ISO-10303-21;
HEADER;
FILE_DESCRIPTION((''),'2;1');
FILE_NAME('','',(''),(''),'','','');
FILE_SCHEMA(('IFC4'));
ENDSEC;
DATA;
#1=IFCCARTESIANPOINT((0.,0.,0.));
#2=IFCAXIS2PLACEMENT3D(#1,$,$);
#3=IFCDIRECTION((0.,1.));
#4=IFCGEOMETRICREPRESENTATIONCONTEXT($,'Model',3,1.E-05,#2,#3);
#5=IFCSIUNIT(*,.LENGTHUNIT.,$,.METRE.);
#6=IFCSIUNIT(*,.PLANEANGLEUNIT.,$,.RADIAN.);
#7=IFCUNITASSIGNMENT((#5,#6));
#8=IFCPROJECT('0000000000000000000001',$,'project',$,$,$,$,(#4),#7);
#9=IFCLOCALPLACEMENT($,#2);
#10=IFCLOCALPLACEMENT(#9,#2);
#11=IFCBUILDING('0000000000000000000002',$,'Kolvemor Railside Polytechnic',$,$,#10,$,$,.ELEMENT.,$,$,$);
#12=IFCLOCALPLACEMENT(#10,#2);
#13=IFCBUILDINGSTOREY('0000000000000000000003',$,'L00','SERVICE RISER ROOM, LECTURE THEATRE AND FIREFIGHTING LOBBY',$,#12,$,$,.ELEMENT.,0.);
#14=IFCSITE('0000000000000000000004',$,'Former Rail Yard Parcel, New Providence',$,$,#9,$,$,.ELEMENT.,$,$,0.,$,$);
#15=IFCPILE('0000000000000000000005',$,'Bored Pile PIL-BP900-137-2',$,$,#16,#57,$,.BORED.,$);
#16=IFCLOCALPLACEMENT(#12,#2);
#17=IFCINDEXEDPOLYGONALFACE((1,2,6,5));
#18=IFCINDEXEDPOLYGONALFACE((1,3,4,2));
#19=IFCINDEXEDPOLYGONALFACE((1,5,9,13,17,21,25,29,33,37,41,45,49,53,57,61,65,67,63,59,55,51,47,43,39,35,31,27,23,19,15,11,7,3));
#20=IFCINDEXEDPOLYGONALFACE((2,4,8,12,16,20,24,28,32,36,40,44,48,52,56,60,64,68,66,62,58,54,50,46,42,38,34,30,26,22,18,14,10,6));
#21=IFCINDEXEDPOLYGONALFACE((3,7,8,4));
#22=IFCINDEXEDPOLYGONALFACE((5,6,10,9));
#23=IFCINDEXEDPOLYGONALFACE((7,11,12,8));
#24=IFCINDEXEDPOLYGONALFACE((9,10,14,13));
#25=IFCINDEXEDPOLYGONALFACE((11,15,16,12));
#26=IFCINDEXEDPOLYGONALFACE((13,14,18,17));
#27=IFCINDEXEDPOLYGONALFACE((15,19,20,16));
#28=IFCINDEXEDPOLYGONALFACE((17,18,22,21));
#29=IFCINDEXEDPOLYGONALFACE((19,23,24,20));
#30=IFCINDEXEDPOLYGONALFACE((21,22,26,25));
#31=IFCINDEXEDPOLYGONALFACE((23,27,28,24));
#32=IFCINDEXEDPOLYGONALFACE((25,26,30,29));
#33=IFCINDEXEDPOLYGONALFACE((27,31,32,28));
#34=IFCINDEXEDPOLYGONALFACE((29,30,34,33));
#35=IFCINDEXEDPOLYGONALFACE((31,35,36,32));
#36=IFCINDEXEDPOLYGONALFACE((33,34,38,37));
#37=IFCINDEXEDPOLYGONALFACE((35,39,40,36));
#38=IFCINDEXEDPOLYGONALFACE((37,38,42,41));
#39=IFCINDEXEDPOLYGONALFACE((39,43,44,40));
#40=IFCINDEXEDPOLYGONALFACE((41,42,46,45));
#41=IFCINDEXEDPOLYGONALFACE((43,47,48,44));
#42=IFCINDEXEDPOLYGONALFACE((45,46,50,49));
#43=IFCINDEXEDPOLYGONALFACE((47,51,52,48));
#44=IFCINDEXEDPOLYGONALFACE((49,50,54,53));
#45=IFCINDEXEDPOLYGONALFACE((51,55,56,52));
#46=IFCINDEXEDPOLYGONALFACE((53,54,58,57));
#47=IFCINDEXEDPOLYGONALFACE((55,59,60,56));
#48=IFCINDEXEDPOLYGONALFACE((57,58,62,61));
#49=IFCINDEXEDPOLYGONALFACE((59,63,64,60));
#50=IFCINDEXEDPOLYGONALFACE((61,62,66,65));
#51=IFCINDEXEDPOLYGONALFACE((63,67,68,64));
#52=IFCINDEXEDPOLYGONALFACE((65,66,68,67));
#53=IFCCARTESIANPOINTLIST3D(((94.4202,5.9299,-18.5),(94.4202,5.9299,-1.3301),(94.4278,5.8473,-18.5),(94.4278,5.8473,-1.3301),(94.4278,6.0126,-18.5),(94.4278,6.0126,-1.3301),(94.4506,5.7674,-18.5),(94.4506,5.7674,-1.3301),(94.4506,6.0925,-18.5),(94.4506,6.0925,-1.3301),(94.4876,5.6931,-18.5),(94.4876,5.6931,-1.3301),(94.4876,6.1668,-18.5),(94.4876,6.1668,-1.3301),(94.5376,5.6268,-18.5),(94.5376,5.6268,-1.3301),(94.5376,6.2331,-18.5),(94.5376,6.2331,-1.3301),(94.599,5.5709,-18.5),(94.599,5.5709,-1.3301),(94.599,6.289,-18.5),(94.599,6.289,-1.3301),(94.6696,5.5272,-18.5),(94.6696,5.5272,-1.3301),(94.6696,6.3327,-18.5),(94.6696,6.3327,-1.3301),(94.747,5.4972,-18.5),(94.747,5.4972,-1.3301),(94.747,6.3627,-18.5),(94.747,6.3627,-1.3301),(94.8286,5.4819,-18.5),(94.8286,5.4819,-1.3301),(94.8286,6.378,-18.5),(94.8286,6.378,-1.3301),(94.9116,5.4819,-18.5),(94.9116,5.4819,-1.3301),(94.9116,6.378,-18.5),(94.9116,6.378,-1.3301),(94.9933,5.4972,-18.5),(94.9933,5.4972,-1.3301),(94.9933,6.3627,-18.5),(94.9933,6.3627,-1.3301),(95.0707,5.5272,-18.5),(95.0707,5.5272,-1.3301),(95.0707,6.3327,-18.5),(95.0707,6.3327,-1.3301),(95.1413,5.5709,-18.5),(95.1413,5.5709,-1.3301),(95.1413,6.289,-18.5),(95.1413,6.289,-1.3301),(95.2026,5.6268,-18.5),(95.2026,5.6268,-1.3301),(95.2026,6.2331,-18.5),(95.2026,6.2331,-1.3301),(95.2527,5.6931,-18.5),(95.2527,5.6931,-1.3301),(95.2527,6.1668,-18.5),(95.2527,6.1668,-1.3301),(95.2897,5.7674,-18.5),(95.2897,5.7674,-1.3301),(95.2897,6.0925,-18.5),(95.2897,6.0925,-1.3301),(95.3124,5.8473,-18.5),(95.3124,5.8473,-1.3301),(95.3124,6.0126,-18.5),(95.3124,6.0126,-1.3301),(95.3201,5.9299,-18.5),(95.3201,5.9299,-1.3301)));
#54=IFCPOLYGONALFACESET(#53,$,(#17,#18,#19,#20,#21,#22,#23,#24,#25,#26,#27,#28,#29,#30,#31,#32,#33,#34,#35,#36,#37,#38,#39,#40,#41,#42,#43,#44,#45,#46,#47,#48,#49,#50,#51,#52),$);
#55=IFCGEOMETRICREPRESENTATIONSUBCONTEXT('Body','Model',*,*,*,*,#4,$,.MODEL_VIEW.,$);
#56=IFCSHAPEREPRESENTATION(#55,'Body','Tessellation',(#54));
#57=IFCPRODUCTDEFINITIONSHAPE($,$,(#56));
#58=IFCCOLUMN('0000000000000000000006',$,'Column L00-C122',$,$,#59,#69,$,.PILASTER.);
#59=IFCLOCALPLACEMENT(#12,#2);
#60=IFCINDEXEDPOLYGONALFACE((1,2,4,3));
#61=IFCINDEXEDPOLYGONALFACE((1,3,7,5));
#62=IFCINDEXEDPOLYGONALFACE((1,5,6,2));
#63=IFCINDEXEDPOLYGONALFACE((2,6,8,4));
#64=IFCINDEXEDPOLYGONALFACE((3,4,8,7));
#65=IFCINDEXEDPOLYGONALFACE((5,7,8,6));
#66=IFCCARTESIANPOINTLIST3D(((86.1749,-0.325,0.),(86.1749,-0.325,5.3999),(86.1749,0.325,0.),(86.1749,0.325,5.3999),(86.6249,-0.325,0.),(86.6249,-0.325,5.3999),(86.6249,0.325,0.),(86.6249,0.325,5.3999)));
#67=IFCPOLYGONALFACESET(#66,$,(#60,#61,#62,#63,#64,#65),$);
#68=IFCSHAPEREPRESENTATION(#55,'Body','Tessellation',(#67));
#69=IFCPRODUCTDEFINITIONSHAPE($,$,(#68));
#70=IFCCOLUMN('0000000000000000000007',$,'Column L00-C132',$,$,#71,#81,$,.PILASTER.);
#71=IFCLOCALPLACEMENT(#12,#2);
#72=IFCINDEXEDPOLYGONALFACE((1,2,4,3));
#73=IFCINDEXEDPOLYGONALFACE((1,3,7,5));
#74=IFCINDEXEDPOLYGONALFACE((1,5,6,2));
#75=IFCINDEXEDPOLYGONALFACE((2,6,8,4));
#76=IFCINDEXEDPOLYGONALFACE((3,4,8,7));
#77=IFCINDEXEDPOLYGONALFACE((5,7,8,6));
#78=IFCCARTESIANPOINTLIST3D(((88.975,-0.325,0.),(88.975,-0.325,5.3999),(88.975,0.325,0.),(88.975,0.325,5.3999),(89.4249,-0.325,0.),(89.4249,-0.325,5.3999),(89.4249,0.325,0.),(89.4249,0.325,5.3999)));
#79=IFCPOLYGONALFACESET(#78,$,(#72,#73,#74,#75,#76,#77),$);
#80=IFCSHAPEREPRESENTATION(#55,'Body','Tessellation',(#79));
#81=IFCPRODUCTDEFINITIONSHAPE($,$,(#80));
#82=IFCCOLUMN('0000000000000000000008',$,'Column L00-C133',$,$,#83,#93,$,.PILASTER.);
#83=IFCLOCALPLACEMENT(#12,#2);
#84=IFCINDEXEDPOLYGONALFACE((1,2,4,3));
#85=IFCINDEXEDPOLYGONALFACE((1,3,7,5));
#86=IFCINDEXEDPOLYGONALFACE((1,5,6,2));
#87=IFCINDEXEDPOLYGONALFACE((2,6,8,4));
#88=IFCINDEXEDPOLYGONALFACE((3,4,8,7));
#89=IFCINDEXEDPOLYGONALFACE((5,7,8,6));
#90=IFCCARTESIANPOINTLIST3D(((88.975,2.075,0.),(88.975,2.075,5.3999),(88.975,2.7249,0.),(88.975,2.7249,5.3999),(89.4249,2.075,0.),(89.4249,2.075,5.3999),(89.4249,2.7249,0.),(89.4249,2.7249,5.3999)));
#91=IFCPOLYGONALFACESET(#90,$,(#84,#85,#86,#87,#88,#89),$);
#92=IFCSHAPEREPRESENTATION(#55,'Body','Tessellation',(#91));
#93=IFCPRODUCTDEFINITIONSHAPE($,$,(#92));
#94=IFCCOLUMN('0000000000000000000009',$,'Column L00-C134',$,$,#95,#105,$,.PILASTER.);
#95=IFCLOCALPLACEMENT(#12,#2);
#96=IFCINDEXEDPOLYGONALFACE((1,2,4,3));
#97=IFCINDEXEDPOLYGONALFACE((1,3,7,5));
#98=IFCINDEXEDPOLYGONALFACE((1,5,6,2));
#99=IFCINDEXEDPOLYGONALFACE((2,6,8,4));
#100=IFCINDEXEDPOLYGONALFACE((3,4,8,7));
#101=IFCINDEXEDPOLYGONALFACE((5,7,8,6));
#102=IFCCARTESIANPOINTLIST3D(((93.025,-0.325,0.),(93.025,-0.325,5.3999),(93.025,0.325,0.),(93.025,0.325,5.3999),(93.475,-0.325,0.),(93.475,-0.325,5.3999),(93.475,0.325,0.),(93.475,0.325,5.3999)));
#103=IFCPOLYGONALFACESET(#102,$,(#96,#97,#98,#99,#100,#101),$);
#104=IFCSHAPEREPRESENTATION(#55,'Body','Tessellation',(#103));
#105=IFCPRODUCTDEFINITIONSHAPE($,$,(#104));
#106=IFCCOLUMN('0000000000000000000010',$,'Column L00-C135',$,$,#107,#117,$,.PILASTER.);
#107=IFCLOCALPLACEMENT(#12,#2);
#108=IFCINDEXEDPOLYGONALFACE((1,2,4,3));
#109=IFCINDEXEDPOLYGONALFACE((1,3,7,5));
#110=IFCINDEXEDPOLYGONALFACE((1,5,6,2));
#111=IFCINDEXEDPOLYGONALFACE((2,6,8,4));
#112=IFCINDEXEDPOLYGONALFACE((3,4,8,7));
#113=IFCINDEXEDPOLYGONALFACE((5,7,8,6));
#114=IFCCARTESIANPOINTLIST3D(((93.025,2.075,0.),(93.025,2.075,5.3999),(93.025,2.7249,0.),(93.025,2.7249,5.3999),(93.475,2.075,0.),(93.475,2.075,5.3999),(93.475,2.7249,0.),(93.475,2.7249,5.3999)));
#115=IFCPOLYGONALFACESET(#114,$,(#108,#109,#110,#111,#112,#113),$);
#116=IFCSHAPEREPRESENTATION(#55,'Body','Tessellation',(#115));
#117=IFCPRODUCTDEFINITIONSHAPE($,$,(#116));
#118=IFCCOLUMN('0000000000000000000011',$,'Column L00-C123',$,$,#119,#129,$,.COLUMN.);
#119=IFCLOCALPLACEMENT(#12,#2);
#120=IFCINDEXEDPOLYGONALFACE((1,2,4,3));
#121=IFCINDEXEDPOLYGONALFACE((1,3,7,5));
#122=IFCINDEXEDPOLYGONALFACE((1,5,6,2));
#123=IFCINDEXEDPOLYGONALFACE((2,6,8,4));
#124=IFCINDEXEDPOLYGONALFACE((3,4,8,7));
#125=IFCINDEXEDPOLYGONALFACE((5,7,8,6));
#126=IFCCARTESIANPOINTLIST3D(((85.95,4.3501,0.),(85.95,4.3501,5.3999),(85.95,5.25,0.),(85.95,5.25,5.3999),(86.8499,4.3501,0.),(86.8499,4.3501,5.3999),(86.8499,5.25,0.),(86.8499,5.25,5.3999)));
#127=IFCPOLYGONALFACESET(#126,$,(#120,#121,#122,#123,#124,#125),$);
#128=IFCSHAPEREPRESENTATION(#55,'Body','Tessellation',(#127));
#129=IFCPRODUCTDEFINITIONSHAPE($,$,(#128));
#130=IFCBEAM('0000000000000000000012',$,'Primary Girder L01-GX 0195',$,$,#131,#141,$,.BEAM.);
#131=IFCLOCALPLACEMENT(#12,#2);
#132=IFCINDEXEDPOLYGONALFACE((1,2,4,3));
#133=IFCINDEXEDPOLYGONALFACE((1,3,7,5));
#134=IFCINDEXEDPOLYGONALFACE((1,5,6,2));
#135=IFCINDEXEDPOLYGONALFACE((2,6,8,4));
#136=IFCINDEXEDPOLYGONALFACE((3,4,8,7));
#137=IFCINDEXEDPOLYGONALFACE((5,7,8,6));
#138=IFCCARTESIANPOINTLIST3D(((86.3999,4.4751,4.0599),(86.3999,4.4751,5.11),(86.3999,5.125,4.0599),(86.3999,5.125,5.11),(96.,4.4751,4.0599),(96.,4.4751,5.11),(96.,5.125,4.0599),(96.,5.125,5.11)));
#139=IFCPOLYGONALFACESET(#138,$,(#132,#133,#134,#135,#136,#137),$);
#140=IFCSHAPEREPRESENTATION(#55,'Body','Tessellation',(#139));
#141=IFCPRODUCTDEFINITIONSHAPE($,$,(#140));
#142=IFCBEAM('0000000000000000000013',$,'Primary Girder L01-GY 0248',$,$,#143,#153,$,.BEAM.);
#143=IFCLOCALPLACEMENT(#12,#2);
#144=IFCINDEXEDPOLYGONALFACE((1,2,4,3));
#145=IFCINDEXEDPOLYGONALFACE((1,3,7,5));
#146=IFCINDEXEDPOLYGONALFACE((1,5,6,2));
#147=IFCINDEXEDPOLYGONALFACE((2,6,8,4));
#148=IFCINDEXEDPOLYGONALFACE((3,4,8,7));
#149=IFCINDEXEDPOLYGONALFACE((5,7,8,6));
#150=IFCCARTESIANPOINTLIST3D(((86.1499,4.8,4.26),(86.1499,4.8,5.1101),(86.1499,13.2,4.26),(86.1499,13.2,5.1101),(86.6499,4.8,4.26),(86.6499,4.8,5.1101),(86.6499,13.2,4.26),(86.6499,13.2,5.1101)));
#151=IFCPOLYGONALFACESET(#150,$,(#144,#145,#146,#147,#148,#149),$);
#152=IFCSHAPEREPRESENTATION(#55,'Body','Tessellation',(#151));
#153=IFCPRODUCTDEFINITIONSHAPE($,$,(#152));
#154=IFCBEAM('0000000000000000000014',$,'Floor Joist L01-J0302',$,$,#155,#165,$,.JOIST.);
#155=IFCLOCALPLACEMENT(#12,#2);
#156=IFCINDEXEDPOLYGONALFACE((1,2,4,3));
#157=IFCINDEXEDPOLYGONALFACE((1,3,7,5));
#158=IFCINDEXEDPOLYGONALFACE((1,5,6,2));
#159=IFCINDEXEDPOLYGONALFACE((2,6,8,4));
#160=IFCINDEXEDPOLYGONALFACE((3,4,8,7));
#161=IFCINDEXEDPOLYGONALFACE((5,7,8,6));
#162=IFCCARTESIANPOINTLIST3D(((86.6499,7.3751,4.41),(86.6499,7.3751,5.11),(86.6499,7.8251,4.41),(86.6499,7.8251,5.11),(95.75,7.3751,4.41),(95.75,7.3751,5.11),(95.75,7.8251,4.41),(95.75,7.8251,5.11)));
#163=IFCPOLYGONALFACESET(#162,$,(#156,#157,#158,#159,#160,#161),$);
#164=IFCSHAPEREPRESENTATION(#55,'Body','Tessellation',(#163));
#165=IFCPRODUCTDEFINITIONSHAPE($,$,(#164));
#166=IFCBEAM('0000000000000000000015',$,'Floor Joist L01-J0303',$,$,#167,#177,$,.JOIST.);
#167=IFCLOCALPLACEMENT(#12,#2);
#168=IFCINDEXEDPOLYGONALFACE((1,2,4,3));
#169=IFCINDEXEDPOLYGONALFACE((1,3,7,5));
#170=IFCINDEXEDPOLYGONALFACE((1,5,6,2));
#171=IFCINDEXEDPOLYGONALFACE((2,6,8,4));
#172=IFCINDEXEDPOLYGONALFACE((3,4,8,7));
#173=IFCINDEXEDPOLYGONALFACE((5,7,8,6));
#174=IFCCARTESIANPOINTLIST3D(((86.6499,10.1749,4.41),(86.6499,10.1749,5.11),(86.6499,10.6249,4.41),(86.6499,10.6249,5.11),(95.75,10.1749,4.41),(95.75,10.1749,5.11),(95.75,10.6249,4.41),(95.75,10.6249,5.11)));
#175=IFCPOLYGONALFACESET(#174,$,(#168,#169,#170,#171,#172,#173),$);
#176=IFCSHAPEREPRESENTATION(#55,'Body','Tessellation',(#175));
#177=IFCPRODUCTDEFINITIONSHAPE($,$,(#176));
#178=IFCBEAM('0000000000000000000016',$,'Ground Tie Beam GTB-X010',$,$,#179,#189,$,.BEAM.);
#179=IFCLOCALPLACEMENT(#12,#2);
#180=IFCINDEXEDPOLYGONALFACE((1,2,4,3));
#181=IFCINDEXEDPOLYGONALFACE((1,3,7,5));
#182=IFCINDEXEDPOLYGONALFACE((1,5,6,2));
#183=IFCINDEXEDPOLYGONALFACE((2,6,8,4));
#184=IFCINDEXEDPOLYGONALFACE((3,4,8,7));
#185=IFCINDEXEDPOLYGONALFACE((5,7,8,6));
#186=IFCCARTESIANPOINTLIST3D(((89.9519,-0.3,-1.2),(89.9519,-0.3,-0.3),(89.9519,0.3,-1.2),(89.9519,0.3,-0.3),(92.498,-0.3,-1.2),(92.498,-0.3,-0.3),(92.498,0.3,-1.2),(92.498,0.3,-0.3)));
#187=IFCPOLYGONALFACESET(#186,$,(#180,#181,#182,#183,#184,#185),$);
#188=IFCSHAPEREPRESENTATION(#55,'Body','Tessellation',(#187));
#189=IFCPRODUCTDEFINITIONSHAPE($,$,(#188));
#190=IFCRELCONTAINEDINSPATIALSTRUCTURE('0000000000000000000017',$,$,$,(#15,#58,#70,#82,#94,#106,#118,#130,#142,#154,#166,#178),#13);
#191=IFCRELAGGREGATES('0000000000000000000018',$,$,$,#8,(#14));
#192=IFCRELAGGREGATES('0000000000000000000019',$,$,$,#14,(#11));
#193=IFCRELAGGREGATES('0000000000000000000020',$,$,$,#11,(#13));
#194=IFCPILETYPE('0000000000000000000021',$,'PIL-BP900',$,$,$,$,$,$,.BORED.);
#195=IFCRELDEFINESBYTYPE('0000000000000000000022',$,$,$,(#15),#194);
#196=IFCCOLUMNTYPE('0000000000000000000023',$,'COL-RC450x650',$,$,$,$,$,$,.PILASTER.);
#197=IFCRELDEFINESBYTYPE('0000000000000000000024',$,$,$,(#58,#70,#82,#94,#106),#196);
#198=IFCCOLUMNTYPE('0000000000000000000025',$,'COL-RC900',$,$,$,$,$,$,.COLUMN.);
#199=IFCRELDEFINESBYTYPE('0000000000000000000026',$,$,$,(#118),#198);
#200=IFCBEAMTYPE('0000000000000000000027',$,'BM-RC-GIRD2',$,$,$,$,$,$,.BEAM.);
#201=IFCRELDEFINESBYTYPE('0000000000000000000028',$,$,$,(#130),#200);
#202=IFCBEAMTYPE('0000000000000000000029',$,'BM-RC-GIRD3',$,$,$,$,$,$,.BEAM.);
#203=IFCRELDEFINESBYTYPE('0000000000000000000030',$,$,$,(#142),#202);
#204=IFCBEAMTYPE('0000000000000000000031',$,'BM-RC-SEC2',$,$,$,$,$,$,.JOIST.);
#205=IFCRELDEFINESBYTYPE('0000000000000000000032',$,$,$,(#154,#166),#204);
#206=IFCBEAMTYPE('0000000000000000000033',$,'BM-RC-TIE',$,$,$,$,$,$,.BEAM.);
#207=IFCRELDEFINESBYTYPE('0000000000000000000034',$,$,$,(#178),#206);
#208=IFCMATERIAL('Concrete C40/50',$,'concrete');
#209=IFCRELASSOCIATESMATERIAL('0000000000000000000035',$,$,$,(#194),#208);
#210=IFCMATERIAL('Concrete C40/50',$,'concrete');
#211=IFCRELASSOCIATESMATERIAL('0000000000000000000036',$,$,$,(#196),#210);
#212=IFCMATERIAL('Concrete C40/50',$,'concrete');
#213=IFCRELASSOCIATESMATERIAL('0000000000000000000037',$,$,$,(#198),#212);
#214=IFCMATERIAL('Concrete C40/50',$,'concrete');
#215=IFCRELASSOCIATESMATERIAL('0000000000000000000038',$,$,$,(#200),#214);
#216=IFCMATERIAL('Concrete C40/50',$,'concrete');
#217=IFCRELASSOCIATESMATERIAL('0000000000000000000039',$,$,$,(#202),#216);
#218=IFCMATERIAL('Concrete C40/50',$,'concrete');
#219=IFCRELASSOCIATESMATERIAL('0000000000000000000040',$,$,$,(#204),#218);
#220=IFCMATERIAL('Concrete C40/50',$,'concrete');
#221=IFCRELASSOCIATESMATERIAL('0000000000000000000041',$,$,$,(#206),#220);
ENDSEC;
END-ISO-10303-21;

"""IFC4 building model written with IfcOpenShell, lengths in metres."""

from ifc_helpers import new_model, si_unit, direction, frame, origin, origin_2d, place, context, subcontext, project, spatial, rectangle, circle, extrude, material, material_profile, profile_set, type_object, element, save


model = new_model("IFC4")

# Units and contexts
model_context = context("Model", 3, precision=1e-05, world=origin(), true_north=direction((0.0, 1.0)))
body_context = subcontext(model_context, "Body", "Model", "MODEL_VIEW")
ifc_project = project(units=[si_unit("LENGTHUNIT", "METRE"), si_unit("PLANEANGLEUNIT", "RADIAN")], contexts=[model_context])

# Site, building, storey
site_placement = place(None, origin())
site = spatial("IfcSite", under=ifc_project, at=site_placement, Name="Former Rail Yard Parcel, New Providence", CompositionType="ELEMENT", RefElevation=0.0)
building_placement = place(site_placement, origin())
building = spatial("IfcBuilding", under=site, at=building_placement, Name="Kolvemor Railside Polytechnic", CompositionType="ELEMENT")
storey_placement = place(building_placement, origin())
storey = spatial("IfcBuildingStorey", under=building, at=storey_placement, Name="L00", Description="SERVICE RISER ROOM, LECTURE THEATRE AND FIREFIGHTING LOBBY", CompositionType="ELEMENT", Elevation=0.0)

# Pile
ifc_material_1 = material(Name="Concrete C40/50", Category="concrete")
ifc_material_profile_1 = material_profile(ifc_material_1, circle(Radius=0.45, at=origin_2d()), Name="BP900")
ifc_profile_set_1 = profile_set([ifc_material_profile_1], Name="Concrete C40/50")
pile_type_1 = type_object("IfcPileType", Name="PIL-BP900", PredefinedType="BORED", material=ifc_profile_set_1)
for number, where, z_axis, x_axis, name in (
    (1, (94.8701, 5.9299, -1.3301), (0.0, 0.0, -1.0), (1.0, 0.0, 0.0), "Bored Pile PIL-BP900-137-2"),
):
    element("IfcPile", number, at=place(storey_placement, frame(where, z_axis=z_axis, x_axis=x_axis)), inside=storey, type_object=pile_type_1, Name=name, PredefinedType="BORED", context=body_context, shape_type="SweptSolid", body=[
        extrude(circle(Radius=0.45, at=origin_2d()), origin(), (0.0, 0.0, 1.0), 17.1699),
    ])

# Columns
ifc_material_2 = material(Name="Concrete C40/50", Category="concrete")
ifc_material_profile_2 = material_profile(ifc_material_2, rectangle(XDim=0.45, YDim=0.6499, at=origin_2d()), Name="RC450x650")
ifc_profile_set_2 = profile_set([ifc_material_profile_2], Name="Concrete C40/50")
column_type_1 = type_object("IfcColumnType", Name="COL-RC450x650", PredefinedType="PILASTER", material=ifc_profile_set_2)
for number, where, z_axis, x_axis, name in (
    (2, (86.3999, 0.0, 0.0), (0.0, 0.0, 1.0), (1.0, 0.0, 0.0), "Column L00-C122"),
    (3, (89.2, 0.0, 0.0), (0.0, 0.0, 1.0), (1.0, 0.0, 0.0), "Column L00-C132"),
    (4, (89.2, 2.3999, 0.0), (0.0, 0.0, 1.0), (1.0, 0.0, 0.0), "Column L00-C133"),
    (5, (93.25, 0.0, 0.0), (0.0, 0.0, 1.0), (1.0, 0.0, 0.0), "Column L00-C134"),
    (6, (93.25, 2.3999, 0.0), (0.0, 0.0, 1.0), (1.0, 0.0, 0.0), "Column L00-C135"),
):
    element("IfcColumn", number, at=place(storey_placement, frame(where, z_axis=z_axis, x_axis=x_axis)), inside=storey, type_object=column_type_1, Name=name, PredefinedType="PILASTER", context=body_context, shape_type="SweptSolid", body=[
        extrude(rectangle(XDim=0.45, YDim=0.6499, at=origin_2d()), origin(), (0.0, 0.0, 1.0), 5.3999),
    ])
ifc_material_3 = material(Name="Concrete C40/50", Category="concrete")
ifc_material_profile_3 = material_profile(ifc_material_3, rectangle(XDim=0.8999, YDim=0.8999, at=origin_2d()), Name="RC900x900")
ifc_profile_set_3 = profile_set([ifc_material_profile_3], Name="Concrete C40/50")
column_type_2 = type_object("IfcColumnType", Name="COL-RC900", PredefinedType="COLUMN", material=ifc_profile_set_3)
column_placement = place(storey_placement, frame((86.3999, 4.8, 0.0), z_axis=(0.0, 0.0, 1.0), x_axis=(1.0, 0.0, 0.0)))
element("IfcColumn", 7, at=column_placement, inside=storey, type_object=column_type_2, Name="Column L00-C123", PredefinedType="COLUMN", context=body_context, shape_type="SweptSolid", body=[
    extrude(rectangle(XDim=0.8999, YDim=0.8999, at=origin_2d()), origin(), (0.0, 0.0, 1.0), 5.3999),
])

# Beams
ifc_material_4 = material(Name="Concrete C40/50", Category="concrete")
ifc_material_profile_4 = material_profile(ifc_material_4, rectangle(XDim=0.6499, YDim=1.05, at=origin_2d()), Name="RC650x1050")
ifc_profile_set_4 = profile_set([ifc_material_profile_4], Name="Concrete C40/50")
beam_type_1 = type_object("IfcBeamType", Name="BM-RC-GIRD2", PredefinedType="BEAM", material=ifc_profile_set_4)
beam_1_placement = place(storey_placement, frame((86.3999, 4.8, 4.585), z_axis=(1.0, 0.0, 0.0), x_axis=(0.0, 1.0, 0.0)))
element("IfcBeam", 8, at=beam_1_placement, inside=storey, type_object=beam_type_1, Name="Primary Girder L01-GX 0195", PredefinedType="BEAM", context=body_context, shape_type="SweptSolid", body=[
    extrude(rectangle(XDim=0.6499, YDim=1.05, at=origin_2d()), origin(), (0.0, 0.0, 1.0), 9.6001),
])
ifc_material_5 = material(Name="Concrete C40/50", Category="concrete")
ifc_material_profile_5 = material_profile(ifc_material_5, rectangle(XDim=0.5, YDim=0.8501, at=origin_2d()), Name="RC500x850")
ifc_profile_set_5 = profile_set([ifc_material_profile_5], Name="Concrete C40/50")
beam_type_2 = type_object("IfcBeamType", Name="BM-RC-GIRD3", PredefinedType="BEAM", material=ifc_profile_set_5)
beam_2_placement = place(storey_placement, frame((86.3999, 4.8, 4.6851), z_axis=(0.0, 1.0, 0.0), x_axis=(-1.0, 0.0, 0.0)))
element("IfcBeam", 9, at=beam_2_placement, inside=storey, type_object=beam_type_2, Name="Primary Girder L01-GY 0248", PredefinedType="BEAM", context=body_context, shape_type="SweptSolid", body=[
    extrude(rectangle(XDim=0.5, YDim=0.8501, at=origin_2d()), origin(), (0.0, 0.0, 1.0), 8.3999),
])
ifc_material_6 = material(Name="Concrete C40/50", Category="concrete")
ifc_material_profile_6 = material_profile(ifc_material_6, rectangle(XDim=0.45, YDim=0.7, at=origin_2d()), Name="RC450x700")
ifc_profile_set_6 = profile_set([ifc_material_profile_6], Name="Concrete C40/50")
beam_type_3 = type_object("IfcBeamType", Name="BM-RC-SEC2", PredefinedType="JOIST", material=ifc_profile_set_6)
for number, where, z_axis, x_axis, name in (
    (10, (86.6499, 7.6001, 4.76), (1.0, 0.0, 0.0), (0.0, 1.0, 0.0), "Floor Joist L01-J0302"),
    (11, (86.6499, 10.3999, 4.76), (1.0, 0.0, 0.0), (0.0, 1.0, 0.0), "Floor Joist L01-J0303"),
):
    element("IfcBeam", number, at=place(storey_placement, frame(where, z_axis=z_axis, x_axis=x_axis)), inside=storey, type_object=beam_type_3, Name=name, PredefinedType="JOIST", context=body_context, shape_type="SweptSolid", body=[
        extrude(rectangle(XDim=0.45, YDim=0.7, at=origin_2d()), origin(), (0.0, 0.0, 1.0), 9.1001),
    ])
ifc_material_7 = material(Name="Concrete C40/50", Category="concrete")
ifc_material_profile_7 = material_profile(ifc_material_7, rectangle(XDim=0.6001, YDim=0.8999, at=origin_2d()), Name="RC600x900")
ifc_profile_set_7 = profile_set([ifc_material_profile_7], Name="Concrete C40/50")
beam_type_4 = type_object("IfcBeamType", Name="BM-RC-TIE", PredefinedType="BEAM", material=ifc_profile_set_7)
for number, where, z_axis, x_axis, name in (
    (12, (89.9519, 0.0, -0.75), (1.0, 0.0, 0.0), (0.0, 1.0, 0.0), "Ground Tie Beam GTB-X010"),
):
    element("IfcBeam", number, at=place(storey_placement, frame(where, z_axis=z_axis, x_axis=x_axis)), inside=storey, type_object=beam_type_4, Name=name, PredefinedType="BEAM", context=body_context, shape_type="SweptSolid", body=[
        extrude(rectangle(XDim=0.6001, YDim=0.8999, at=origin_2d()), origin(), (0.0, 0.0, 1.0), 2.5461),
    ])

save(model, "model.ifc")
